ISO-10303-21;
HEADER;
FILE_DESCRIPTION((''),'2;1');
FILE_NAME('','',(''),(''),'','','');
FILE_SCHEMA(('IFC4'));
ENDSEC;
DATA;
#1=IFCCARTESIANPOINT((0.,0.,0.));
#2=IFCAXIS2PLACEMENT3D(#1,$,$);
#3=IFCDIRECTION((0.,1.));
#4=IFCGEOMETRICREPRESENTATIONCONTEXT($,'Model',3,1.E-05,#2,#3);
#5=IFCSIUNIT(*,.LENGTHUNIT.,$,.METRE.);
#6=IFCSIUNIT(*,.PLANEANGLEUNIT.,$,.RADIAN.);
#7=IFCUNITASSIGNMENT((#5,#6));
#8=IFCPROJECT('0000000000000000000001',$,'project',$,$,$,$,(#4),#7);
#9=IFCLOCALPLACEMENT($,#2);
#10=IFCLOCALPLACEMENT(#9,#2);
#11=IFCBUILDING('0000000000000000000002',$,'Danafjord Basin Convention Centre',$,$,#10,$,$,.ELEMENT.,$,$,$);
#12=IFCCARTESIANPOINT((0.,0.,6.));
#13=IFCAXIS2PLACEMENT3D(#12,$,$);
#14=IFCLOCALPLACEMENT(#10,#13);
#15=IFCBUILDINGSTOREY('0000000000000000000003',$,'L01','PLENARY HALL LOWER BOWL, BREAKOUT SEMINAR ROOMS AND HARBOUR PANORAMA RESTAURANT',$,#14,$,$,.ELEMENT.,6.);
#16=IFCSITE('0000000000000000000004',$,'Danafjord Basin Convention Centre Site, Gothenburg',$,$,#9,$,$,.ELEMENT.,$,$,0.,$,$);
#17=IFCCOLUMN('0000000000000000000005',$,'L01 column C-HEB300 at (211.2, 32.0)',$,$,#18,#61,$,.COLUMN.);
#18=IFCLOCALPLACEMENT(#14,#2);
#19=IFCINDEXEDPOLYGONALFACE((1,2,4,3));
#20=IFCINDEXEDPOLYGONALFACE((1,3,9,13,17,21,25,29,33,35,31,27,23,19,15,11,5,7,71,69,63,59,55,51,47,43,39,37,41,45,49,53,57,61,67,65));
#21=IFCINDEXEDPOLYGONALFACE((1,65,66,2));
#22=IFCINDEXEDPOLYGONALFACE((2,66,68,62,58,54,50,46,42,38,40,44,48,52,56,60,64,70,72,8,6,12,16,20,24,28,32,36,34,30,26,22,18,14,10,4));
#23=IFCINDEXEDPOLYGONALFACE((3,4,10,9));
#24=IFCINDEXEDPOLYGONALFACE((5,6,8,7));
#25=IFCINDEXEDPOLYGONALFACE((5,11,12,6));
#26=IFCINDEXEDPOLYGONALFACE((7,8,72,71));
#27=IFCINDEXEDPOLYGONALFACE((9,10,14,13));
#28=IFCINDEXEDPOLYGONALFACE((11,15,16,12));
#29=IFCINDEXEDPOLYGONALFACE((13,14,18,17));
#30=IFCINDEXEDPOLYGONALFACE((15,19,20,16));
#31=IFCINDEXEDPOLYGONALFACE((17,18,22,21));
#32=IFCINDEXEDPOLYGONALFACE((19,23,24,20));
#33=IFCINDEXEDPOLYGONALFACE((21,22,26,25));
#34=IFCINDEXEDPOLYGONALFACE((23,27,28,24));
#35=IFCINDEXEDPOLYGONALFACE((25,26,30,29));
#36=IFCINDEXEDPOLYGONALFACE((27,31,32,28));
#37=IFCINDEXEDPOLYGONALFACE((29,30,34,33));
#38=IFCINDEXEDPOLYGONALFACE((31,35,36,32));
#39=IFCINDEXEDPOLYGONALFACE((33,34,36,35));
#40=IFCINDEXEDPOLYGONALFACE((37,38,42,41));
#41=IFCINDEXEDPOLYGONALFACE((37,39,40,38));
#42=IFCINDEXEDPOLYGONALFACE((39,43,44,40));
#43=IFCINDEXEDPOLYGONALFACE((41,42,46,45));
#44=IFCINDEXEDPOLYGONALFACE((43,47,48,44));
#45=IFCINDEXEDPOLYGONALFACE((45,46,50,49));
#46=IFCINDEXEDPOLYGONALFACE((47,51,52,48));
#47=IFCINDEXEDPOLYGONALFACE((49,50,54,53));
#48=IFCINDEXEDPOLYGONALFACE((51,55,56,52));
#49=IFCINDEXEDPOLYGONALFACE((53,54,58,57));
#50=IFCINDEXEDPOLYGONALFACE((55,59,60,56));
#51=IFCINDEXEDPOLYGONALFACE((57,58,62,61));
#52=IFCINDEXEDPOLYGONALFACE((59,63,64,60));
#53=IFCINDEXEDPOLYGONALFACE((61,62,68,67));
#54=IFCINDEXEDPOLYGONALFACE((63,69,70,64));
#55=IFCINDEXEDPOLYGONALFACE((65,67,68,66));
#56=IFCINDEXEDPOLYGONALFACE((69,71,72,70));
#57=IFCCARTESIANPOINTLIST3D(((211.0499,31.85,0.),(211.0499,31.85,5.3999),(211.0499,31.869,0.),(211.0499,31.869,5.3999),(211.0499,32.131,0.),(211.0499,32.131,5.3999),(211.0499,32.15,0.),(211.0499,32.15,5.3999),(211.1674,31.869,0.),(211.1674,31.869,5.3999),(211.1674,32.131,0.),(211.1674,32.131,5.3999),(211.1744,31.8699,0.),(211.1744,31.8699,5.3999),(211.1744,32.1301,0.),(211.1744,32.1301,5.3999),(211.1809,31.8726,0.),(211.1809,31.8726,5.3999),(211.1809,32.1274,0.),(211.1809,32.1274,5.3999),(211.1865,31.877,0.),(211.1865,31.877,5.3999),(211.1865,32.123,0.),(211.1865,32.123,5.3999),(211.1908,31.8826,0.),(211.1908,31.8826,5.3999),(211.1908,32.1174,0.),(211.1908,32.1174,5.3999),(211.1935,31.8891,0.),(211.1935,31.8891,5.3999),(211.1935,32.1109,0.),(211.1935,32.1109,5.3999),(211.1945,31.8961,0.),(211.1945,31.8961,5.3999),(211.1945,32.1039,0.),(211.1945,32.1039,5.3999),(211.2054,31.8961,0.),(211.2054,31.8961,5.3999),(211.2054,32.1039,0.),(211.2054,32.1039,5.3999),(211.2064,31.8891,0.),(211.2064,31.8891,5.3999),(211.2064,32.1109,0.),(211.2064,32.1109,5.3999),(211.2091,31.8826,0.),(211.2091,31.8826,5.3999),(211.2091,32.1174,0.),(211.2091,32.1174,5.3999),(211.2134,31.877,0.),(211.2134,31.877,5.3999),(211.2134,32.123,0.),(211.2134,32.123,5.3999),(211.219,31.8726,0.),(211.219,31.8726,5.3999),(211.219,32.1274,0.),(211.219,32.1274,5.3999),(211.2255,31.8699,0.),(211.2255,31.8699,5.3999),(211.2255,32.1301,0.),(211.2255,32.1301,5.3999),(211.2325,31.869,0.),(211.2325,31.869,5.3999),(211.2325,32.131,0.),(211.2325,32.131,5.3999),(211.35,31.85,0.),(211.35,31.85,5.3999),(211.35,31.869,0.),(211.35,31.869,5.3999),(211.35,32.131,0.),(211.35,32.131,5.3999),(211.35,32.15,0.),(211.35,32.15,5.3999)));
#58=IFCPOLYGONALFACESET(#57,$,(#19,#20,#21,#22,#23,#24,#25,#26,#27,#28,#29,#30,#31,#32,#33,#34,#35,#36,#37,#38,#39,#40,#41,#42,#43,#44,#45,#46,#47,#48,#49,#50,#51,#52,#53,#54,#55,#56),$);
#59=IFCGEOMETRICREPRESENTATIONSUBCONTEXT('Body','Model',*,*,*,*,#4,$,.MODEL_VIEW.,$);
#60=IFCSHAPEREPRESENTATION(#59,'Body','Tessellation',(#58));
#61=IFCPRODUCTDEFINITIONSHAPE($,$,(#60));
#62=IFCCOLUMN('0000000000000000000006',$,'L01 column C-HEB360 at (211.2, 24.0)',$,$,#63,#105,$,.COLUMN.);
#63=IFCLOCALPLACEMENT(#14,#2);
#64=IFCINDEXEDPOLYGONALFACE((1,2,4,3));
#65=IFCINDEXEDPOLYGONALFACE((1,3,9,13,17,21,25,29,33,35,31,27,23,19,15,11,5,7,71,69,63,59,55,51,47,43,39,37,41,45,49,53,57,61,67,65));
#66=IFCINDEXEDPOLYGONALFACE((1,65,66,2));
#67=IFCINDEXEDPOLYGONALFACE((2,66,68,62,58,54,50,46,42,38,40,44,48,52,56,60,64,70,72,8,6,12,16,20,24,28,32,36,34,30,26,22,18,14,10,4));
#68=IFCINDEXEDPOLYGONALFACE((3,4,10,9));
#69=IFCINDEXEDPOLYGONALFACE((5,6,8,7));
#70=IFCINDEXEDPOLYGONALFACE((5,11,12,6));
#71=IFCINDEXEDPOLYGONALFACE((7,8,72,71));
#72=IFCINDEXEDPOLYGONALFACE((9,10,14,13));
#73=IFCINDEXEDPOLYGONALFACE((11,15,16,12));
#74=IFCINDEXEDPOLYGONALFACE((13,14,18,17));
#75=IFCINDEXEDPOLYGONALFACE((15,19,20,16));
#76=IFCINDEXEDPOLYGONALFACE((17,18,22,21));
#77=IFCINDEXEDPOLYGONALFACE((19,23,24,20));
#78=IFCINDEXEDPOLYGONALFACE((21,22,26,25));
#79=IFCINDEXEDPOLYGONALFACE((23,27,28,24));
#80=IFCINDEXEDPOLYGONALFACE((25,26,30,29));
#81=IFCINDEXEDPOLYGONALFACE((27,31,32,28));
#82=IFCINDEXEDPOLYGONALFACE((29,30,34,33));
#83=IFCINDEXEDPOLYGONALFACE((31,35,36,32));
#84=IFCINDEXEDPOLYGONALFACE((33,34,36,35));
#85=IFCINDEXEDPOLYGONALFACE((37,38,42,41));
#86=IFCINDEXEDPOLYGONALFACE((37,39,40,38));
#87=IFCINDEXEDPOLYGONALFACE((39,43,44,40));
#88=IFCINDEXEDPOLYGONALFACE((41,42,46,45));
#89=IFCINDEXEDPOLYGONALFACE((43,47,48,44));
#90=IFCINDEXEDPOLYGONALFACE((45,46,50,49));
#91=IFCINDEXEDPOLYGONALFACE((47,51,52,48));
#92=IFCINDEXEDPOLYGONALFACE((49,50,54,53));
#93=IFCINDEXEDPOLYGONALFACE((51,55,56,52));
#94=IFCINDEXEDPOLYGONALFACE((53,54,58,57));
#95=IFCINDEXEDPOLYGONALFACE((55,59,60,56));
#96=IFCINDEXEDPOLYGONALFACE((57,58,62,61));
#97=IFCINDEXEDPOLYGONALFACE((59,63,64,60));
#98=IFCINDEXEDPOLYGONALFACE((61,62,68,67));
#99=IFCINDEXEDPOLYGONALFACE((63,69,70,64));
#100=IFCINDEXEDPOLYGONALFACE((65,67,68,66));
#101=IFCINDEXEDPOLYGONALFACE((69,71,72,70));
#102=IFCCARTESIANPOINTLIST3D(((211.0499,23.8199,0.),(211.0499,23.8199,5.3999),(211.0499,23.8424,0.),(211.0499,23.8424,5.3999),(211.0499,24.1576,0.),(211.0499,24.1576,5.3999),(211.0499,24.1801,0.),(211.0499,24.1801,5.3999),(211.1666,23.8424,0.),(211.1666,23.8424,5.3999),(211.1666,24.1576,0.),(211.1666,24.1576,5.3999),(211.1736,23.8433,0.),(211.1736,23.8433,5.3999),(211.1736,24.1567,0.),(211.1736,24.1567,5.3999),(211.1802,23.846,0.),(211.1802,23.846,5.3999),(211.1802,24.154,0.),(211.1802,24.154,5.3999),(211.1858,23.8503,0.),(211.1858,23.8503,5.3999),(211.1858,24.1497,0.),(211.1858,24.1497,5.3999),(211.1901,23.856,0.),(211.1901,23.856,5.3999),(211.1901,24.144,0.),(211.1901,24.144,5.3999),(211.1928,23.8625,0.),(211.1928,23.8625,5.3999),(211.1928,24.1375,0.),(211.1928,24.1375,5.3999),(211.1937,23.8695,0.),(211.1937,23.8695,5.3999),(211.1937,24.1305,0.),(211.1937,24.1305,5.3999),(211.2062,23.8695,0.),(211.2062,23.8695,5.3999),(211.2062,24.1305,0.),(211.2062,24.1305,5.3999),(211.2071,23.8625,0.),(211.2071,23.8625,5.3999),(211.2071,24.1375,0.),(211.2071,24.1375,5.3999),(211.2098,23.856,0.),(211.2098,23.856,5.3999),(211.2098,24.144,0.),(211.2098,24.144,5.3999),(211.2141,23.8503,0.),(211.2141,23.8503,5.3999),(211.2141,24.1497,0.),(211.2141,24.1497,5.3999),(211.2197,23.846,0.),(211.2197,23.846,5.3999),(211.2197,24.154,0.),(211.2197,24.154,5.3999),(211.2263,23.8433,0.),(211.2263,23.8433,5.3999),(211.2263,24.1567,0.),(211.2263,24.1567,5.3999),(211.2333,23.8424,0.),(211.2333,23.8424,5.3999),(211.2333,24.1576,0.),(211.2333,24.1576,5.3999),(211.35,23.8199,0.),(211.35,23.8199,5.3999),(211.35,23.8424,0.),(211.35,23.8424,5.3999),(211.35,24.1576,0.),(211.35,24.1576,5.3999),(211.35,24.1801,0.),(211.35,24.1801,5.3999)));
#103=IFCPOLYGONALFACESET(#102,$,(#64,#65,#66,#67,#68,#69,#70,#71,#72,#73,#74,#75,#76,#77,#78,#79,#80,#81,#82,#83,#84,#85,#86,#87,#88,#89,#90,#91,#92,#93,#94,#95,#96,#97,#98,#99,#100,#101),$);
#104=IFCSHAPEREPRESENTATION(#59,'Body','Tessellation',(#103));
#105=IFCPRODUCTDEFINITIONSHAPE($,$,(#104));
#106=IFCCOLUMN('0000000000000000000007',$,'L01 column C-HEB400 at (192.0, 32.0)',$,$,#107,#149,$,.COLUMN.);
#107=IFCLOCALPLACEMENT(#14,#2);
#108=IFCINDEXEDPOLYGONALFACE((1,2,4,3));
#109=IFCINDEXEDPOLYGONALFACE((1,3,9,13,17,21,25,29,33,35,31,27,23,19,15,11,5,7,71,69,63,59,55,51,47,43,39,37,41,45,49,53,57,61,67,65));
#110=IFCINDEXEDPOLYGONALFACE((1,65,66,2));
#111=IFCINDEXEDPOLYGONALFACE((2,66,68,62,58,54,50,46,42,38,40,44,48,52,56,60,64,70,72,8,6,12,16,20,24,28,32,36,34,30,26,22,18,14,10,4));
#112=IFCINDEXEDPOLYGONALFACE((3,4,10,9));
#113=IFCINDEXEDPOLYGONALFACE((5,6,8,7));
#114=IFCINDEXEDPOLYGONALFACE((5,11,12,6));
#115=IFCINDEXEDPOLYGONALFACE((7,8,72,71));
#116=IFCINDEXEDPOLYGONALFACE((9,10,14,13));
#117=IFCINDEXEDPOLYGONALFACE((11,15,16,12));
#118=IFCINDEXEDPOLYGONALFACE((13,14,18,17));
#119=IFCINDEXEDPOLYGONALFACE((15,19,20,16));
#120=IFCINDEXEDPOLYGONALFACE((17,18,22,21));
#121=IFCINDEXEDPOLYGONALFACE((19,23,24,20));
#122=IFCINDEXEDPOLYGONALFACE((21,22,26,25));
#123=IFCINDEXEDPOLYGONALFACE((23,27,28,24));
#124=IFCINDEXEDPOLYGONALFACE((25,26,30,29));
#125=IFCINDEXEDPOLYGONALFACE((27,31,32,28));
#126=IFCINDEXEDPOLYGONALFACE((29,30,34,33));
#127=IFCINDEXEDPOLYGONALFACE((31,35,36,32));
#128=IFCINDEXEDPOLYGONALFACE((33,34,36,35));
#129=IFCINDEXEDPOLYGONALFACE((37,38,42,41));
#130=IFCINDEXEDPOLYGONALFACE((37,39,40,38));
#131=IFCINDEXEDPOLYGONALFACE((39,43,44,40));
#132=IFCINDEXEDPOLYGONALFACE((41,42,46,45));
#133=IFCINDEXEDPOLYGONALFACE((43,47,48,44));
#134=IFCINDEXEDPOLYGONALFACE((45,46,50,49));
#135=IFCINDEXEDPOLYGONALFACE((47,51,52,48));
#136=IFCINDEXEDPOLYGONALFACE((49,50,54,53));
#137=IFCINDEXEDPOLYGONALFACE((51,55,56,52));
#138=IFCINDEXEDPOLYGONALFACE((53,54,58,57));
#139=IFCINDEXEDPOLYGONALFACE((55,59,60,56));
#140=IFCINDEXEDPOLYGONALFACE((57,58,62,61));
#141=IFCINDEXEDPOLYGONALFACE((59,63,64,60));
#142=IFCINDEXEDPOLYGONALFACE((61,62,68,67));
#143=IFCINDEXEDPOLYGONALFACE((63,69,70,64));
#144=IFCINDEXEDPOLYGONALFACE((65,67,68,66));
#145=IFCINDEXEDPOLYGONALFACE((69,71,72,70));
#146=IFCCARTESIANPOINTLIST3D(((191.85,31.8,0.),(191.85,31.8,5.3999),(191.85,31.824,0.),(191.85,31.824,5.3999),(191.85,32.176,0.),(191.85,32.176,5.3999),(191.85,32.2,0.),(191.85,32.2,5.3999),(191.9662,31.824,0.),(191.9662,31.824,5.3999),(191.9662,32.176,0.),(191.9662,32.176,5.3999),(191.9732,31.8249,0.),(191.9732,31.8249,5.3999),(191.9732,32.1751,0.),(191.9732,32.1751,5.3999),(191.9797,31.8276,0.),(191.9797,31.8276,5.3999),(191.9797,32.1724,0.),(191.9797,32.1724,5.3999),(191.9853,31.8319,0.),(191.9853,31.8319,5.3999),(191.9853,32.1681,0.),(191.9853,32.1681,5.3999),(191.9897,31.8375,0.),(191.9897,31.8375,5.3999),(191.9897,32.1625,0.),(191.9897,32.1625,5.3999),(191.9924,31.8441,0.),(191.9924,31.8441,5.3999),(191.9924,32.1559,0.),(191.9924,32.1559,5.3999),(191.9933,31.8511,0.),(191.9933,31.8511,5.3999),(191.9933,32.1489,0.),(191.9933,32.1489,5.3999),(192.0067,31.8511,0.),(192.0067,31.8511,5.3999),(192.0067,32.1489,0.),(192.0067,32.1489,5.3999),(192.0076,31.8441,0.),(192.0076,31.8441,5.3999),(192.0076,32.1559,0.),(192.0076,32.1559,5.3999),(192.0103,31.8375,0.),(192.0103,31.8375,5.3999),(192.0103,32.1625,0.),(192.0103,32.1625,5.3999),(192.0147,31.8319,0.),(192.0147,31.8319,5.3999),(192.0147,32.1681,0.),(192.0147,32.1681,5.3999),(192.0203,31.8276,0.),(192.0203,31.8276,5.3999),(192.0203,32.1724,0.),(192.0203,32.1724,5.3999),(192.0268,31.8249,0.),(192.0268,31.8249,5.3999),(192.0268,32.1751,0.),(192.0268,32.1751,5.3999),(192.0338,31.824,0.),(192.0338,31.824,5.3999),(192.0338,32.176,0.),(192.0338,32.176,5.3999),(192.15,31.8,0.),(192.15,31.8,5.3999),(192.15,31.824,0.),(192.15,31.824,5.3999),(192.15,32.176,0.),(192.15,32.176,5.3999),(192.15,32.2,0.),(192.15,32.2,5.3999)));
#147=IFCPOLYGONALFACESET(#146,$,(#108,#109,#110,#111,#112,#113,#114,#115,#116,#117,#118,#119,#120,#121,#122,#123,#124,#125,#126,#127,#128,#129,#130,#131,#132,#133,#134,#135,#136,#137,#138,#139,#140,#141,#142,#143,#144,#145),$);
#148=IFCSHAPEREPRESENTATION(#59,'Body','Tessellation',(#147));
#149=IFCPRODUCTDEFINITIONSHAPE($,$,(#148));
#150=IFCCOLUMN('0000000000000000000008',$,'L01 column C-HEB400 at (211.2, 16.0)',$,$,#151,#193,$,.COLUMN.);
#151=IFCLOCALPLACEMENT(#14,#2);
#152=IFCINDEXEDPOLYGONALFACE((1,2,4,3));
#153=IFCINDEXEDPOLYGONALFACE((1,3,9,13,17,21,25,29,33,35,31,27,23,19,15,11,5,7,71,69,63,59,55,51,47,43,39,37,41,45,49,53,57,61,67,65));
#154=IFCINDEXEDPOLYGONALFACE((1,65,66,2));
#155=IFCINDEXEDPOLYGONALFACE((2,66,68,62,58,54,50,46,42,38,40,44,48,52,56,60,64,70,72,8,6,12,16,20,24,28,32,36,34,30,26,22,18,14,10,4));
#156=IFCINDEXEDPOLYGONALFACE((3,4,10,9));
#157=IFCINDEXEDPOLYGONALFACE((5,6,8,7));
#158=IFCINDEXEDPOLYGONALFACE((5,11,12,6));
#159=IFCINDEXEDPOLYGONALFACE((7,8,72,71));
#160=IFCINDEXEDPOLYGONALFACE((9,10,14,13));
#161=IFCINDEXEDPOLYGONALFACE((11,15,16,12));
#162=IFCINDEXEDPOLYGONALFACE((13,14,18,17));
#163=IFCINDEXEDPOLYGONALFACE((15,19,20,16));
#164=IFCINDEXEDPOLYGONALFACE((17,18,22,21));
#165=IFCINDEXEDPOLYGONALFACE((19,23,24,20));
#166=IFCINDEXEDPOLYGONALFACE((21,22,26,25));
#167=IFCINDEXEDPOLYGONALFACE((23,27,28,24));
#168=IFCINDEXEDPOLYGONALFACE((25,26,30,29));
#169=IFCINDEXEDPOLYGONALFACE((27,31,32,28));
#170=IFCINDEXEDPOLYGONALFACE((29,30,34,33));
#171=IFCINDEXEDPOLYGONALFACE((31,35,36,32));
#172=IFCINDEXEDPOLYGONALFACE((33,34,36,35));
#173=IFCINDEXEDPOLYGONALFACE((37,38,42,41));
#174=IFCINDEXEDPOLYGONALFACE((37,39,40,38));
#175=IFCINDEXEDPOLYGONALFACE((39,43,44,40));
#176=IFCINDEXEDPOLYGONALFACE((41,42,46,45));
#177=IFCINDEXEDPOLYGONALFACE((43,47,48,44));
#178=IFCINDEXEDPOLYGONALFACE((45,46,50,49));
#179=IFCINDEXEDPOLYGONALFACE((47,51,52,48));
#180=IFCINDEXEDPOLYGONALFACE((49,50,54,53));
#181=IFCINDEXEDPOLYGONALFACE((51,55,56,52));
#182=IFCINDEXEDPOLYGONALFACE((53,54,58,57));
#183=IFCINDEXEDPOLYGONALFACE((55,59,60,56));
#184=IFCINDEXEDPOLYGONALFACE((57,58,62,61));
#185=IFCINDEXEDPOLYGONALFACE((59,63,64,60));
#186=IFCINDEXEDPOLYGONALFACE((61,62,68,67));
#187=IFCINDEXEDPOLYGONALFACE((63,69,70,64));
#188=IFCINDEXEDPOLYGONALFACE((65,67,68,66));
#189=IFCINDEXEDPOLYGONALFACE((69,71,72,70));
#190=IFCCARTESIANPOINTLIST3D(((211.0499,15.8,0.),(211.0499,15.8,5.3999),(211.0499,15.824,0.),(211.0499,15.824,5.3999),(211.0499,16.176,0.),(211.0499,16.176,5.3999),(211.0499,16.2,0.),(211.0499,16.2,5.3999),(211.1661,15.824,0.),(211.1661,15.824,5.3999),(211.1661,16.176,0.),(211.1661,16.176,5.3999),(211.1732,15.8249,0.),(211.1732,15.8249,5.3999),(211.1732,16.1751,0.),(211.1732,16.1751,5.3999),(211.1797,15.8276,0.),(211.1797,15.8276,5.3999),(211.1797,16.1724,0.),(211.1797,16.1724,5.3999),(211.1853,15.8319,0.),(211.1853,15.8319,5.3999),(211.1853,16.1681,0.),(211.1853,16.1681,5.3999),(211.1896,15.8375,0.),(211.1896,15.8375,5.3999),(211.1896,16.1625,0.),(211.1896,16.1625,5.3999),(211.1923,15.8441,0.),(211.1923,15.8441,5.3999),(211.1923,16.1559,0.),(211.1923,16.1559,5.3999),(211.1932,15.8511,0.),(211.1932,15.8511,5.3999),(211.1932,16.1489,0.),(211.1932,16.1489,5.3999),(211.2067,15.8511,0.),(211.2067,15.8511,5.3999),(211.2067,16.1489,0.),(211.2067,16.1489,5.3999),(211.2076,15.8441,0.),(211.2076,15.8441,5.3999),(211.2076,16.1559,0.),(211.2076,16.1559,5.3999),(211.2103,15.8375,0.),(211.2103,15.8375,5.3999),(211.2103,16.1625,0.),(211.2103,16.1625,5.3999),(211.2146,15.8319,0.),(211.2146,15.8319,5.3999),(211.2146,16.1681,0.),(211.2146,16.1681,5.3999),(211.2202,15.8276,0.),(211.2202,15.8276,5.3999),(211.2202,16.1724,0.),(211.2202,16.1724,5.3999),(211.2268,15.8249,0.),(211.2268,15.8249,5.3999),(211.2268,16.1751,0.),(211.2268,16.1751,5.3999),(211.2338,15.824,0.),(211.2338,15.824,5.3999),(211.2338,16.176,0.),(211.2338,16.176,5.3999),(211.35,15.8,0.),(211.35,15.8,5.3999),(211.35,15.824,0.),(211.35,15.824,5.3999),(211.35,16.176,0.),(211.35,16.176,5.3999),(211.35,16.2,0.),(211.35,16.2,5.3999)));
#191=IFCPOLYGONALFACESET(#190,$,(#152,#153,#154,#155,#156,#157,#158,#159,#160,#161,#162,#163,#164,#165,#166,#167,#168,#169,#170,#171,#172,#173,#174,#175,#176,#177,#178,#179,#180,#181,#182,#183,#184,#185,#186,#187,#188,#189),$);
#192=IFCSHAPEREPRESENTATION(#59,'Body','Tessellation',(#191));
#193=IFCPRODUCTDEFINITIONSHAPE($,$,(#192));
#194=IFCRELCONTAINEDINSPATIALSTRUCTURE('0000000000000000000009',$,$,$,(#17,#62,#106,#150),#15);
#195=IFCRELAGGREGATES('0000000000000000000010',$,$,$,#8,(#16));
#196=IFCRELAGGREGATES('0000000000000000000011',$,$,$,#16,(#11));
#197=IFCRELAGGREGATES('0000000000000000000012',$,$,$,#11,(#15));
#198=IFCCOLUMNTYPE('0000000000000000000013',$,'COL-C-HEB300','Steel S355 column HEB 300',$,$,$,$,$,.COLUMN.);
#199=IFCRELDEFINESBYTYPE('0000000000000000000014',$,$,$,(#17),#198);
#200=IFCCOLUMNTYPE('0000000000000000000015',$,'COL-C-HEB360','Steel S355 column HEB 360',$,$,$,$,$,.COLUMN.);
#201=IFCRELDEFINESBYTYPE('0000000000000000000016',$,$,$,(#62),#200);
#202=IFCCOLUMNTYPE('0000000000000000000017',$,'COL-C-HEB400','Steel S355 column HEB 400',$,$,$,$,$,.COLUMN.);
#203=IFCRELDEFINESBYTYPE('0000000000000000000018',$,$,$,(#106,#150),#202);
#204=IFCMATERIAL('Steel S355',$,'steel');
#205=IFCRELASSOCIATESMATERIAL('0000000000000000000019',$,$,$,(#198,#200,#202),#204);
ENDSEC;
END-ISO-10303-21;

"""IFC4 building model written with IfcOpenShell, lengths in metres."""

from ifc_helpers import new_model, si_unit, direction, frame, origin, origin_2d, place, context, subcontext, project, spatial, i_section, extrude, material, material_profile, profile_set, type_object, element, save


model = new_model("IFC4")

# Units and contexts
model_context = context("Model", 3, precision=1e-05, world=origin(), true_north=direction((0.0, 1.0)))
body_context = subcontext(model_context, "Body", "Model", "MODEL_VIEW")
ifc_project = project(units=[si_unit("LENGTHUNIT", "METRE"), si_unit("PLANEANGLEUNIT", "RADIAN")], contexts=[model_context])

# Site, building, storey
site_placement = place(None, origin())
site = spatial("IfcSite", under=ifc_project, at=site_placement, Name="Danafjord Basin Convention Centre Site, Gothenburg", CompositionType="ELEMENT", RefElevation=0.0)
building_placement = place(site_placement, origin())
building = spatial("IfcBuilding", under=site, at=building_placement, Name="Danafjord Basin Convention Centre", CompositionType="ELEMENT")
storey_placement = place(building_placement, frame((0.0, 0.0, 6.0)))
storey = spatial("IfcBuildingStorey", under=building, at=storey_placement, Name="L01", Description="PLENARY HALL LOWER BOWL, BREAKOUT SEMINAR ROOMS AND HARBOUR PANORAMA RESTAURANT", CompositionType="ELEMENT", Elevation=6.0)

# Columns
ifc_material_1 = material(Name="Steel S355", Category="steel")
ifc_material_profile_1 = material_profile(ifc_material_1, i_section(OverallWidth=0.3, OverallDepth=0.3, WebThickness=0.011, FlangeThickness=0.019, FilletRadius=0.0271, at=origin_2d()), Name="HEB 300")
ifc_profile_set_1 = profile_set([ifc_material_profile_1], Name="Steel S355")
column_type_1 = type_object("IfcColumnType", Name="COL-C-HEB300", Description="Steel S355 column HEB 300", PredefinedType="COLUMN", material=ifc_profile_set_1)
for number, where, z_axis, x_axis, name in (
    (1, (211.2, 32.0, 0.0), (0.0, 0.0, 1.0), (1.0, 0.0, 0.0), "L01 column C-HEB300 at (211.2, 32.0)"),
):
    element("IfcColumn", number, at=place(storey_placement, frame(where, z_axis=z_axis, x_axis=x_axis)), inside=storey, type_object=column_type_1, Name=name, PredefinedType="COLUMN", context=body_context, shape_type="SweptSolid", body=[
        extrude(i_section(OverallWidth=0.3, OverallDepth=0.3, WebThickness=0.011, FlangeThickness=0.019, FilletRadius=0.0271, at=origin_2d()), origin(), (0.0, 0.0, 1.0), 5.3999),
    ])
ifc_material_profile_2 = material_profile(ifc_material_1, i_section(OverallWidth=0.3, OverallDepth=0.3601, WebThickness=0.0125, FlangeThickness=0.0225, FilletRadius=0.0271, at=origin_2d()), Name="HEB 360")
ifc_profile_set_2 = profile_set([ifc_material_profile_2], Name="Steel S355")
column_type_2 = type_object("IfcColumnType", Name="COL-C-HEB360", Description="Steel S355 column HEB 360", PredefinedType="COLUMN", material=ifc_profile_set_2)
column_1_placement = place(storey_placement, frame((211.2, 24.0, 0.0), z_axis=(0.0, 0.0, 1.0), x_axis=(1.0, 0.0, 0.0)))
element("IfcColumn", 2, at=column_1_placement, inside=storey, type_object=column_type_2, Name="L01 column C-HEB360 at (211.2, 24.0)", PredefinedType="COLUMN", context=body_context, shape_type="SweptSolid", body=[
    extrude(i_section(OverallWidth=0.3, OverallDepth=0.3601, WebThickness=0.0125, FlangeThickness=0.0225, FilletRadius=0.0271, at=origin_2d()), origin(), (0.0, 0.0, 1.0), 5.3999),
])
ifc_material_profile_3 = material_profile(ifc_material_1, i_section(OverallWidth=0.3, OverallDepth=0.3999, WebThickness=0.0134, FlangeThickness=0.0239, FilletRadius=0.0271, at=origin_2d()), Name="HEB 400")
ifc_profile_set_3 = profile_set([ifc_material_profile_3], Name="Steel S355")
column_type_3 = type_object("IfcColumnType", Name="COL-C-HEB400", Description="Steel S355 column HEB 400", PredefinedType="COLUMN", material=ifc_profile_set_3)
for number, where, z_axis, x_axis, name in (
    (3, (192.0, 32.0, 0.0), (0.0, 0.0, 1.0), (1.0, 0.0, 0.0), "L01 column C-HEB400 at (192.0, 32.0)"),
    (4, (211.2, 16.0, 0.0), (0.0, 0.0, 1.0), (1.0, 0.0, 0.0), "L01 column C-HEB400 at (211.2, 16.0)"),
):
    element("IfcColumn", number, at=place(storey_placement, frame(where, z_axis=z_axis, x_axis=x_axis)), inside=storey, type_object=column_type_3, Name=name, PredefinedType="COLUMN", context=body_context, shape_type="SweptSolid", body=[
        extrude(i_section(OverallWidth=0.3, OverallDepth=0.3999, WebThickness=0.0134, FlangeThickness=0.0239, FilletRadius=0.0271, at=origin_2d()), origin(), (0.0, 0.0, 1.0), 5.3999),
    ])

save(model, "model.ifc")
